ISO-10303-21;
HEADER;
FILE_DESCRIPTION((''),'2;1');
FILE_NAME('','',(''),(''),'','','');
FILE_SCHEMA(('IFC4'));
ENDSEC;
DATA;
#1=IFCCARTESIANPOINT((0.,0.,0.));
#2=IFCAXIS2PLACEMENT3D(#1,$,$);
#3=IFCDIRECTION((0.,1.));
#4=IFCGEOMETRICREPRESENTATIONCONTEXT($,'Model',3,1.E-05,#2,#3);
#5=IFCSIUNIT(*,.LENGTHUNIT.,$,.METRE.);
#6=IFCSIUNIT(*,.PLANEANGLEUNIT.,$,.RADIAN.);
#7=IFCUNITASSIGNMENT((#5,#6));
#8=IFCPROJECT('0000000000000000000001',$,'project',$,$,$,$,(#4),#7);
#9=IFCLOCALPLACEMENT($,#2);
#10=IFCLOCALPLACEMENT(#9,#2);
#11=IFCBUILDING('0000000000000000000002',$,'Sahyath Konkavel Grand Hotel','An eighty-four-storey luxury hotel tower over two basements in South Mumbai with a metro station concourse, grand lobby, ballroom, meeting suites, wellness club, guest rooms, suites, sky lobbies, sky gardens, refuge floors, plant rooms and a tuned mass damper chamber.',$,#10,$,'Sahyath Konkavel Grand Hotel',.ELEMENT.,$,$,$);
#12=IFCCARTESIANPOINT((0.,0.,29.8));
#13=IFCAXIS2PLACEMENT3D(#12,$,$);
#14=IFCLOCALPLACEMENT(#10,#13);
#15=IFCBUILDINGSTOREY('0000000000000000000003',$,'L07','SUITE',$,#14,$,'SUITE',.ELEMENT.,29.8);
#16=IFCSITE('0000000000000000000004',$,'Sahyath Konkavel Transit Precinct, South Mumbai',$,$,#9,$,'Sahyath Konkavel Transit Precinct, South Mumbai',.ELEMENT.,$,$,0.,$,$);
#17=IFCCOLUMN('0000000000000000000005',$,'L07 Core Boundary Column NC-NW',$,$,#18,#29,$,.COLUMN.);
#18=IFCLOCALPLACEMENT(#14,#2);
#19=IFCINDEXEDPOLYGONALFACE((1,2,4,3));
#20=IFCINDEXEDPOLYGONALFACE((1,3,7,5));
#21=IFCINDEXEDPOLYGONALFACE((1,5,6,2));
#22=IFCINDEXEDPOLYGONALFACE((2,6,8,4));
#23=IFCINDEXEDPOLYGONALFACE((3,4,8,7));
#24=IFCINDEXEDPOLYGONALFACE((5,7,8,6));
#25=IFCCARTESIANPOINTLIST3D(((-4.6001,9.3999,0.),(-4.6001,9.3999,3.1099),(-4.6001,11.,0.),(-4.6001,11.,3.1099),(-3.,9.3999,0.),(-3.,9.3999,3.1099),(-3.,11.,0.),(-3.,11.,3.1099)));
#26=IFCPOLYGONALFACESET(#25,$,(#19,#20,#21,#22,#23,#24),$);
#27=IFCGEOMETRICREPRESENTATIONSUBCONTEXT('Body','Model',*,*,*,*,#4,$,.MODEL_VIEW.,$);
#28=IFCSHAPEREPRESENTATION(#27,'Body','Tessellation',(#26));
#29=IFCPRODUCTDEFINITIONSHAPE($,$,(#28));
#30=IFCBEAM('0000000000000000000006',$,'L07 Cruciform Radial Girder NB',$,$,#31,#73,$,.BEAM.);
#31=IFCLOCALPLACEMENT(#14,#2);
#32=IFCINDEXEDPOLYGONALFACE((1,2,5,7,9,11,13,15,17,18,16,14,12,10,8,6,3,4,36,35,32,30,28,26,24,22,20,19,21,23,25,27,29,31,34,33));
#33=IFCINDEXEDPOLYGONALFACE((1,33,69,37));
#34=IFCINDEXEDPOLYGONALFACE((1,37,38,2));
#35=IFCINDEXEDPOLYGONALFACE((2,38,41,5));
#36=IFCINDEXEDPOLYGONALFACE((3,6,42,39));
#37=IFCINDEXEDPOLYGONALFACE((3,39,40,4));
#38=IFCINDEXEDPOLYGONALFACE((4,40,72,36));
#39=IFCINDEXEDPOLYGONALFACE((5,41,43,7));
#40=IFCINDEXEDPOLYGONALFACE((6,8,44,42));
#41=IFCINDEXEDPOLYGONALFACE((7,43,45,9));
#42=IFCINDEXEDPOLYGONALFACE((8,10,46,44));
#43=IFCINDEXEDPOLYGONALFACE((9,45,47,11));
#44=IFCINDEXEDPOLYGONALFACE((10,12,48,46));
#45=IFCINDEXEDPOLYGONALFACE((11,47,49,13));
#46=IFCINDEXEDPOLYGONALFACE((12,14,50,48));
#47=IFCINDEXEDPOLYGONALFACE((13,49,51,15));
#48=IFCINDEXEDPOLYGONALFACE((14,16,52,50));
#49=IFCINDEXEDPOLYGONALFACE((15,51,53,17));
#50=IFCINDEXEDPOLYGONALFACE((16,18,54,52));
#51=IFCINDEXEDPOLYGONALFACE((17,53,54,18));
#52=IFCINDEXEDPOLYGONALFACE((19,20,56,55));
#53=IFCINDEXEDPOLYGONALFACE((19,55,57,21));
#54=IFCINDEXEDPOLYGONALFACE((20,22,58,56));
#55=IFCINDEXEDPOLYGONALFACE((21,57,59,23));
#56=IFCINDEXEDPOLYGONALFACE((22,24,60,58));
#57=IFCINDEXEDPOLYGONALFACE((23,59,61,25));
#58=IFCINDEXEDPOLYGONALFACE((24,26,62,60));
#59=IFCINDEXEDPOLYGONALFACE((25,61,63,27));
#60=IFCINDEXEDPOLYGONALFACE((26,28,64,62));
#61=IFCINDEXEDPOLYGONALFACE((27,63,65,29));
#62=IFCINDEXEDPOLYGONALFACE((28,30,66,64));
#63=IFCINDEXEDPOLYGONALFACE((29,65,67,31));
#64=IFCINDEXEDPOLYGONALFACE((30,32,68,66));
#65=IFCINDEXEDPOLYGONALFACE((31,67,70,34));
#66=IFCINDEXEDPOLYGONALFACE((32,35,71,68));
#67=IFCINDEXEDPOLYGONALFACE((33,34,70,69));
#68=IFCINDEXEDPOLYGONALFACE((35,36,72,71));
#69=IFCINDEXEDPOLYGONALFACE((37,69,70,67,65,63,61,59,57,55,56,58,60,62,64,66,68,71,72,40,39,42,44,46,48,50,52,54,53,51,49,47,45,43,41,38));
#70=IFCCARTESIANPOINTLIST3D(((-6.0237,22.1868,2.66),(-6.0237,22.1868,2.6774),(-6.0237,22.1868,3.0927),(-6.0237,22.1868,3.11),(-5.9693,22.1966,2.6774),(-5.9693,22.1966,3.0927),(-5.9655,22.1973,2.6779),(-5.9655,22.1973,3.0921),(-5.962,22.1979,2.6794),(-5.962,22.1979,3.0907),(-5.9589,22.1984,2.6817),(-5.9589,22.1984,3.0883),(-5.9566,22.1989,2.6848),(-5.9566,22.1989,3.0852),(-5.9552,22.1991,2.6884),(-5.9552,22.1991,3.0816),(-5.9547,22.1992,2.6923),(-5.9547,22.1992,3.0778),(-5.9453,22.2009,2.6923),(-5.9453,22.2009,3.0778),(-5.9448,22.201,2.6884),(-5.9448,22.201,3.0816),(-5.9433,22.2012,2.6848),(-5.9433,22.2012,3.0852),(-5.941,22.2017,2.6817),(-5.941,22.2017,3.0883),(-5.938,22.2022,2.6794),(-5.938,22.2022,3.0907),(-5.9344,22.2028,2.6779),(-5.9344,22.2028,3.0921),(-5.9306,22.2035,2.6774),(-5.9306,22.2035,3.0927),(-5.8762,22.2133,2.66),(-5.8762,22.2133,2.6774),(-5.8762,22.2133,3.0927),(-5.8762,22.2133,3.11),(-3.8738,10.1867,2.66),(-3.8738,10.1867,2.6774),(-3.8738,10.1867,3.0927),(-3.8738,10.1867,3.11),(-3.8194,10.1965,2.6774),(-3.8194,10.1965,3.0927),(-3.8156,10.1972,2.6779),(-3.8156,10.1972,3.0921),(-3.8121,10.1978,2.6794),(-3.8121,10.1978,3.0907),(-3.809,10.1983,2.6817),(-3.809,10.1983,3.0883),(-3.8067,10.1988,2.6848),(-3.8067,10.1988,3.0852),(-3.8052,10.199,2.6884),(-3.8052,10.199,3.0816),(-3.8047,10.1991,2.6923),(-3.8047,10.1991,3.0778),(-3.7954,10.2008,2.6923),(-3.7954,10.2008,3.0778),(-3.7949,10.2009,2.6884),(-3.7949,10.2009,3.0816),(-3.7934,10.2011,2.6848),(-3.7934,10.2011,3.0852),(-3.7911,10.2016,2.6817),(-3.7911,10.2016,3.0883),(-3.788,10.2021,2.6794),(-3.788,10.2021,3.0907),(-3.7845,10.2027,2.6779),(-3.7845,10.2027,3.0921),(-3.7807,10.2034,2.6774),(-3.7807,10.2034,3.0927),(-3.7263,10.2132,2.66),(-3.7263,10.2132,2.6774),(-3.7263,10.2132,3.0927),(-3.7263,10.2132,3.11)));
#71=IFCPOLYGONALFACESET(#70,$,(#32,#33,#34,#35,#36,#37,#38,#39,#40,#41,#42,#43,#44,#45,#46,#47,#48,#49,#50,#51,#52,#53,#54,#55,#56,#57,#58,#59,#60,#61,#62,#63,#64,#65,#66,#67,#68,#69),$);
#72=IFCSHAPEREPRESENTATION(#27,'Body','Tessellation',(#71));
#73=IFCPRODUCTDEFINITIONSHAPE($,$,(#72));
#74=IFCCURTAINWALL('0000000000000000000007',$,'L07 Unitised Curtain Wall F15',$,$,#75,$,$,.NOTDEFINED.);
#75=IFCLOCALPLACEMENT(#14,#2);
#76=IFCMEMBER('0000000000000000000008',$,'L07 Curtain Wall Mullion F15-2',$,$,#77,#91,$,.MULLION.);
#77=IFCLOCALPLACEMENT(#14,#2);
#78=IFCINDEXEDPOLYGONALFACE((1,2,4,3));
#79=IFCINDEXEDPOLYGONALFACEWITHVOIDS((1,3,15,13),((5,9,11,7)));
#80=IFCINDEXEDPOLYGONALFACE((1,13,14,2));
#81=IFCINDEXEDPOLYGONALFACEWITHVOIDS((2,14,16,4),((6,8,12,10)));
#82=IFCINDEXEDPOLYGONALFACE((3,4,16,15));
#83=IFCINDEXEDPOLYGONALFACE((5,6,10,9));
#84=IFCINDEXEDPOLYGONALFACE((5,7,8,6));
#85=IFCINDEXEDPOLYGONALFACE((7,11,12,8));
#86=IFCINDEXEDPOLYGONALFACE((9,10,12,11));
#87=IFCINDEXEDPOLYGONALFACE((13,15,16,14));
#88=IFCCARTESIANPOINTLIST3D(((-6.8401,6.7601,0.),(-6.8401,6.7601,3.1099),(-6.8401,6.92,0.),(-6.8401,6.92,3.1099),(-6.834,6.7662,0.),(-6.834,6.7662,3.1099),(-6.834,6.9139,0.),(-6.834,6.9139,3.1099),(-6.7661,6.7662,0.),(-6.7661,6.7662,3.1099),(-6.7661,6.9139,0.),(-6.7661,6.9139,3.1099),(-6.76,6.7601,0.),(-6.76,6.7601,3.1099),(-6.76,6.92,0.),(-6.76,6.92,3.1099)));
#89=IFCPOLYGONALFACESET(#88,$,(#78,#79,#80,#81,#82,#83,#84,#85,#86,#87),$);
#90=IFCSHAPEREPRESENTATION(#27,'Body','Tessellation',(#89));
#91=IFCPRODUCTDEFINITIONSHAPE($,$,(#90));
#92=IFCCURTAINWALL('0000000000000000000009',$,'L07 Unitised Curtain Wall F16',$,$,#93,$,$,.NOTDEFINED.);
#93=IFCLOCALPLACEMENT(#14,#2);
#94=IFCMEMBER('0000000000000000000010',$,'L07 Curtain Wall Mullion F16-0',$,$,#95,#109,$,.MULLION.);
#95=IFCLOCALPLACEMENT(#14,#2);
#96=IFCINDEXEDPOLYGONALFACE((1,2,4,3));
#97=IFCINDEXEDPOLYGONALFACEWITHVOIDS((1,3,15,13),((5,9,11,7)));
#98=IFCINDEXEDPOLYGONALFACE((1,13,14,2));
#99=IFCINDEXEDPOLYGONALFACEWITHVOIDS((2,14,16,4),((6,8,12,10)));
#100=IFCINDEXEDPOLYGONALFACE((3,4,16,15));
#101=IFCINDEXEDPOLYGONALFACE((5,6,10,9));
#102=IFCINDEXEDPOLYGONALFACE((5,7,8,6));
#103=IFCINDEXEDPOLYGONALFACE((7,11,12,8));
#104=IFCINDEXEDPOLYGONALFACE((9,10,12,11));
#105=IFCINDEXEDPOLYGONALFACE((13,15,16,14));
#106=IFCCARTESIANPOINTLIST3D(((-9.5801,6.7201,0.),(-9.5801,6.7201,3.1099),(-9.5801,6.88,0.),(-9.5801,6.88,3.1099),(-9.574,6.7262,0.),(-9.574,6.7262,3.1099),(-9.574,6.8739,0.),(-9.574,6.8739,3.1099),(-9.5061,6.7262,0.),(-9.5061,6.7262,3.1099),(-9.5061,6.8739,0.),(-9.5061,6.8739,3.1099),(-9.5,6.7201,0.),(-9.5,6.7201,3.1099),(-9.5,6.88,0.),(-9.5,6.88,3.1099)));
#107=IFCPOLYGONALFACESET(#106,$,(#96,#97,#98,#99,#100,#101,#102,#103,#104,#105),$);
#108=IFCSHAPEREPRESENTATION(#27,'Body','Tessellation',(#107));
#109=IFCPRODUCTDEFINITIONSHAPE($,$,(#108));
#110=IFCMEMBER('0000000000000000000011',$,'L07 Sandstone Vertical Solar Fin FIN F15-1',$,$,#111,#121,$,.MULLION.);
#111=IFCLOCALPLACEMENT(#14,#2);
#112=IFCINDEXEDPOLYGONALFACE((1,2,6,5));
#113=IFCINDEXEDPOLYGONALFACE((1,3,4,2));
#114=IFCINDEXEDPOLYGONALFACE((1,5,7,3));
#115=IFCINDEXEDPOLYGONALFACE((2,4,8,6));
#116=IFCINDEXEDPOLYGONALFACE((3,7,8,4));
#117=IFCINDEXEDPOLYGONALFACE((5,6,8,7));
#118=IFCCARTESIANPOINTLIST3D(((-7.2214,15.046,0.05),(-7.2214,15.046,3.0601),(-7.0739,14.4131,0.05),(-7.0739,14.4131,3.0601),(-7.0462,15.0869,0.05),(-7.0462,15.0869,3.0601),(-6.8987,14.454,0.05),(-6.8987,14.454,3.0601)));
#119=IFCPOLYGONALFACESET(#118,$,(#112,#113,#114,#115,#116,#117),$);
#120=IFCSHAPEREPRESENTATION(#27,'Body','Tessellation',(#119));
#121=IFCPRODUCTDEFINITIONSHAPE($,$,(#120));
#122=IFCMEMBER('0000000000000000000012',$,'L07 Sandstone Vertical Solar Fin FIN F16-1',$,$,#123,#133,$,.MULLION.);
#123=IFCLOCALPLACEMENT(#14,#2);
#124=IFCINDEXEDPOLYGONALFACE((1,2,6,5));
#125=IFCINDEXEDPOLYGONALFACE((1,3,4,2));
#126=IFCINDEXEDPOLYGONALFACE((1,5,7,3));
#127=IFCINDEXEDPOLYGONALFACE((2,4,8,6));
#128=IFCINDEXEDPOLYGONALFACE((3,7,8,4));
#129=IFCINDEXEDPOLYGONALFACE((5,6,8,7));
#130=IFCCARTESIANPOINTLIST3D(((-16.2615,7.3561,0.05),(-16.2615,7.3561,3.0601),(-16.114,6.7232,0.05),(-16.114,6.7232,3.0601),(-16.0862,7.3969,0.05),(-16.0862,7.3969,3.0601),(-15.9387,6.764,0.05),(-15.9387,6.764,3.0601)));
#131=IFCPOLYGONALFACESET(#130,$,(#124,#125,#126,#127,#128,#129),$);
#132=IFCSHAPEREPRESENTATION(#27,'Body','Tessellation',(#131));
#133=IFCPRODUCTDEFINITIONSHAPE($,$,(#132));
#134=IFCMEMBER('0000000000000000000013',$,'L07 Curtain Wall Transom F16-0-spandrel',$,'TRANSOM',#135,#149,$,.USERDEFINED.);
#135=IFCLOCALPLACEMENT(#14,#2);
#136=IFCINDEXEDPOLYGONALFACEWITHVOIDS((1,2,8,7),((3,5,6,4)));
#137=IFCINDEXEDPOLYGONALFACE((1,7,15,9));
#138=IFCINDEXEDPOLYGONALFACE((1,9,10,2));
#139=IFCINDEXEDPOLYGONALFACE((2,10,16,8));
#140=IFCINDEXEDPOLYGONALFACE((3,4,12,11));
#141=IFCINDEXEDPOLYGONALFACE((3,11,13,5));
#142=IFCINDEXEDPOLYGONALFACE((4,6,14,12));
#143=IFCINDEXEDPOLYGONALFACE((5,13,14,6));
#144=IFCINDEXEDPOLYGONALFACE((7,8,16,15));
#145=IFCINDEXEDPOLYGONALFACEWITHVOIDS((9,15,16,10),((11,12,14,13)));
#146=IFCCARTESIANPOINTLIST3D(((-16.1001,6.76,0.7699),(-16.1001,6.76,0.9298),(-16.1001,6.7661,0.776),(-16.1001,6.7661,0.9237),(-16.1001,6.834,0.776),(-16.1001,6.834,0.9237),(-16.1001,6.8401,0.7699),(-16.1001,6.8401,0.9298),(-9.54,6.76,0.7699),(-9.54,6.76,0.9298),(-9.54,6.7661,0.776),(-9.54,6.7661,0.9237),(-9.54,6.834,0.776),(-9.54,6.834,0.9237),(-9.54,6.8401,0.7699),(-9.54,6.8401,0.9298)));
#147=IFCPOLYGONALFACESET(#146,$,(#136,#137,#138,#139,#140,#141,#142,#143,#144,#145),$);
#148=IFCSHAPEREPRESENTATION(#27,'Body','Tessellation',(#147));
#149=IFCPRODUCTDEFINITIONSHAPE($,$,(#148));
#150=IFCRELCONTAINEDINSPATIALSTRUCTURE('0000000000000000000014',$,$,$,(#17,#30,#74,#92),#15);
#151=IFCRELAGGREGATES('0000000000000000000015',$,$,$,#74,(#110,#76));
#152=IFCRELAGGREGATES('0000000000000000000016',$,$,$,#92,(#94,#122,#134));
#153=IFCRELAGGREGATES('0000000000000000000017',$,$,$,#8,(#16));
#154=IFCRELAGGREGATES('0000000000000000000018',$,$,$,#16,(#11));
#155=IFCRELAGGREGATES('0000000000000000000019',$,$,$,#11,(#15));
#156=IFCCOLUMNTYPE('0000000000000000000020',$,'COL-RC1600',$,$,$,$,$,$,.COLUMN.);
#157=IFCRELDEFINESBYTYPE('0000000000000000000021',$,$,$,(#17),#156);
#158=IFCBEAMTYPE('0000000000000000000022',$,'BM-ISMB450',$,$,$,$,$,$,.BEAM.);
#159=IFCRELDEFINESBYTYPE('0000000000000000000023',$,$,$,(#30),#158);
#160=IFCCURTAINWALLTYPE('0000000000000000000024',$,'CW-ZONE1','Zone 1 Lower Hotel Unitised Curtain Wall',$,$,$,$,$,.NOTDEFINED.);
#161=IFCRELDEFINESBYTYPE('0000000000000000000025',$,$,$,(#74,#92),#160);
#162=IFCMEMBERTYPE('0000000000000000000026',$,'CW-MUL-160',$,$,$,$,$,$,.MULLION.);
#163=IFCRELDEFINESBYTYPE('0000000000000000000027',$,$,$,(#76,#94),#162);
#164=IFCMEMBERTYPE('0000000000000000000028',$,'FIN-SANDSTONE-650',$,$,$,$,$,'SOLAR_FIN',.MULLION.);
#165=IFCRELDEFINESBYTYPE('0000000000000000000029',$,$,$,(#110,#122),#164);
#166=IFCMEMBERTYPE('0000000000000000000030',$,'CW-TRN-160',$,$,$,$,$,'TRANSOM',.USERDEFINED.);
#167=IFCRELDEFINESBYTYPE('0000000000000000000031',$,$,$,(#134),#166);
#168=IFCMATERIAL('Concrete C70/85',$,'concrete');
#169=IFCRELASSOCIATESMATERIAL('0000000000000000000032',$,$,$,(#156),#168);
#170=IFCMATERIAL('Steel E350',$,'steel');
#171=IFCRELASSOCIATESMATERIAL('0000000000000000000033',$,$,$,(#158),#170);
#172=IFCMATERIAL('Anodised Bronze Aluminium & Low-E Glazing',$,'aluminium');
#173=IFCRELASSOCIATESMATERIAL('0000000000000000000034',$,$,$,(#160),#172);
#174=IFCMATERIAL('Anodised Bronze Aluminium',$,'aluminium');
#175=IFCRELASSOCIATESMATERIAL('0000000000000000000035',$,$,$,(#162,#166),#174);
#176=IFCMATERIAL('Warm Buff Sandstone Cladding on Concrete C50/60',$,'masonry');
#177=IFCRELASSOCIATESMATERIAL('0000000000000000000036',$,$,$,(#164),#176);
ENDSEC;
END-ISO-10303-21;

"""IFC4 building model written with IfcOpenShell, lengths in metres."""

from ifc_helpers import new_model, si_unit, direction, frame, origin, origin_2d, place, context, subcontext, project, spatial, rectangle, hollow_rectangle, i_section, extrude, source, transform, mapped, material, material_profile, profile_set, type_object, element, aggregate, save


model = new_model("IFC4")

# Units and contexts
model_context = context("Model", 3, precision=1e-05, world=origin(), true_north=direction((0.0, 1.0)))
body_context = subcontext(model_context, "Body", "Model", "MODEL_VIEW")
ifc_project = project(units=[si_unit("LENGTHUNIT", "METRE"), si_unit("PLANEANGLEUNIT", "RADIAN")], contexts=[model_context])

# Site, building, storey
site_placement = place(None, origin())
site = spatial("IfcSite", under=ifc_project, at=site_placement, Name="Sahyath Konkavel Transit Precinct, South Mumbai", LongName="Sahyath Konkavel Transit Precinct, South Mumbai", CompositionType="ELEMENT", RefElevation=0.0)
building_placement = place(site_placement, origin())
building = spatial("IfcBuilding", under=site, at=building_placement, Name="Sahyath Konkavel Grand Hotel", Description="An eighty-four-storey luxury hotel tower over two basements in South Mumbai with a metro station concourse, grand lobby, ballroom, meeting suites, wellness club, guest rooms, suites, sky lobbies, sky gardens, refuge floors, plant rooms and a tuned mass damper chamber.", LongName="Sahyath Konkavel Grand Hotel", CompositionType="ELEMENT")
storey_placement = place(building_placement, frame((0.0, 0.0, 29.8)))
storey = spatial("IfcBuildingStorey", under=building, at=storey_placement, Name="L07", Description="SUITE", LongName="SUITE", CompositionType="ELEMENT", Elevation=29.8)

# Column
ifc_material_1 = material(Name="Concrete C70/85", Category="concrete")
ifc_material_profile_1 = material_profile(ifc_material_1, rectangle(XDim=1.6001, YDim=1.6001, at=origin_2d()), Name="RC 1600x1600")
ifc_profile_set_1 = profile_set([ifc_material_profile_1], Name="Concrete C70/85")
column_type = type_object("IfcColumnType", Name="COL-RC1600", PredefinedType="COLUMN", material=ifc_profile_set_1)
shared_shape_1 = source(origin(), body_context, "Body", "SweptSolid", [
    extrude(rectangle(XDim=1.6001, YDim=1.6001, at=origin_2d()), origin(), (0.0, 0.0, 1.0), 3.1099),
])
column_placement = place(storey_placement, frame((-3.8, 10.2, 0.0), z_axis=(0.0, 0.0, 1.0), x_axis=(1.0, 0.0, 0.0)))
element("IfcColumn", 1, at=column_placement, inside=storey, type_object=column_type, Name="L07 Core Boundary Column NC-NW", PredefinedType="COLUMN", context=body_context, shape_type="MappedRepresentation", body=[
    mapped(shared_shape_1, transform((0.0, 0.0, 0.0), scale=1.0)),
])

# Beam
ifc_material_2 = material(Name="Steel E350", Category="steel")
ifc_material_profile_2 = material_profile(ifc_material_2, i_section(OverallWidth=0.1499, OverallDepth=0.45, WebThickness=0.0095, FlangeThickness=0.0173, FilletRadius=0.0149, at=origin_2d()), Name="ISMB 450")
ifc_profile_set_2 = profile_set([ifc_material_profile_2], Name="Steel E350")
beam_type_1 = type_object("IfcBeamType", Name="BM-ISMB450", PredefinedType="BEAM", material=ifc_profile_set_2)
shared_shape_2 = source(origin(), body_context, "Body", "SweptSolid", [
    extrude(i_section(OverallWidth=0.1499, OverallDepth=0.45, WebThickness=0.0095, FlangeThickness=0.0173, FilletRadius=0.0149, at=origin_2d()), origin(), (0.0, 0.0, 1.0), 12.1912),
])
beam_1_placement = place(storey_placement, frame((-3.8, 10.2, 2.885), z_axis=(-0.176351, 0.984327, 0.0), x_axis=(-0.984327, -0.176351, 0.0)))
element("IfcBeam", 2, at=beam_1_placement, inside=storey, type_object=beam_type_1, Name="L07 Cruciform Radial Girder NB", PredefinedType="BEAM", context=body_context, shape_type="MappedRepresentation", body=[
    mapped(shared_shape_2, transform((0.0, 0.0, 0.0), scale=1.0)),
])

# Curtain walls, members
ifc_material_3 = material(Name="Anodised Bronze Aluminium & Low-E Glazing", Category="aluminium")
curtain_wall_type = type_object("IfcCurtainWallType", Name="CW-ZONE1", Description="Zone 1 Lower Hotel Unitised Curtain Wall", PredefinedType="NOTDEFINED", material=ifc_material_3)
curtain_wall_1_placement = place(storey_placement, origin())
curtain_wall_1 = element("IfcCurtainWall", 3, at=curtain_wall_1_placement, inside=storey, type_object=curtain_wall_type, Name="L07 Unitised Curtain Wall F15", PredefinedType="NOTDEFINED")
ifc_material_4 = material(Name="Anodised Bronze Aluminium", Category="aluminium")
ifc_material_profile_3 = material_profile(ifc_material_4, hollow_rectangle(XDim=0.0801, YDim=0.1599, WallThickness=0.0061, at=origin_2d()), Name="RHS 160x80x6")
ifc_profile_set_3 = profile_set([ifc_material_profile_3], Name="Anodised Bronze Aluminium")
member_type_1 = type_object("IfcMemberType", Name="CW-MUL-160", PredefinedType="MULLION", material=ifc_profile_set_3)
shared_shape_3 = source(origin(), body_context, "Body", "SweptSolid", [
    extrude(hollow_rectangle(XDim=0.0801, YDim=0.1599, WallThickness=0.0061, at=origin_2d()), origin(), (0.0, 0.0, 1.0), 3.1099),
])
member_1_placement = place(storey_placement, frame((-6.8, 6.8401, 0.0), z_axis=(0.0, 0.0, 1.0), x_axis=(1.0, 0.0, 0.0)))
member_1 = element("IfcMember", 4, at=member_1_placement, type_object=member_type_1, Name="L07 Curtain Wall Mullion F15-2", PredefinedType="MULLION", context=body_context, shape_type="MappedRepresentation", body=[
    mapped(shared_shape_3, transform((0.0, 0.0, 0.0), scale=1.0)),
])
curtain_wall_2_placement = place(storey_placement, origin())
curtain_wall_2 = element("IfcCurtainWall", 5, at=curtain_wall_2_placement, inside=storey, type_object=curtain_wall_type, Name="L07 Unitised Curtain Wall F16", PredefinedType="NOTDEFINED")
member_2_placement = place(storey_placement, frame((-9.54, 6.8, 0.0), z_axis=(0.0, 0.0, 1.0), x_axis=(1.0, 0.0, 0.0)))
member_2 = element("IfcMember", 6, at=member_2_placement, type_object=member_type_1, Name="L07 Curtain Wall Mullion F16-0", PredefinedType="MULLION", context=body_context, shape_type="MappedRepresentation", body=[
    mapped(shared_shape_3, transform((0.0, 0.0, 0.0), scale=1.0)),
])

# Members
ifc_material_5 = material(Name="Warm Buff Sandstone Cladding on Concrete C50/60", Category="masonry")
ifc_material_profile_4 = material_profile(ifc_material_5, rectangle(XDim=0.1799, YDim=0.6499, at=origin_2d()), Name="FIN 180x650")
ifc_profile_set_4 = profile_set([ifc_material_profile_4], Name="Warm Buff Sandstone Cladding on Concrete C50/60")
member_type_2 = type_object("IfcMemberType", Name="FIN-SANDSTONE-650", ElementType="SOLAR_FIN", PredefinedType="MULLION", material=ifc_profile_set_4)
shared_shape_4 = source(origin(), body_context, "Body", "SweptSolid", [
    extrude(rectangle(XDim=0.1799, YDim=0.6499, at=origin_2d()), origin(), (0.0, 0.0, 1.0), 3.01),
])
member_3_placement = place(storey_placement, frame((-7.0601, 14.75, 0.05), z_axis=(0.0, 0.0, 1.0), x_axis=(0.973897, 0.226991, 0.0)))
member_3 = element("IfcMember", 7, at=member_3_placement, type_object=member_type_2, Name="L07 Sandstone Vertical Solar Fin FIN F15-1", PredefinedType="MULLION", context=body_context, shape_type="MappedRepresentation", body=[
    mapped(shared_shape_4, transform((0.0, 0.0, 0.0), scale=1.0)),
])
member_4_placement = place(storey_placement, frame((-16.1001, 7.0601, 0.05), z_axis=(0.0, 0.0, 1.0), x_axis=(0.973897, 0.226991, 0.0)))
member_4 = element("IfcMember", 8, at=member_4_placement, type_object=member_type_2, Name="L07 Sandstone Vertical Solar Fin FIN F16-1", PredefinedType="MULLION", context=body_context, shape_type="MappedRepresentation", body=[
    mapped(shared_shape_4, transform((0.0, 0.0, 0.0), scale=1.0)),
])
ifc_material_profile_5 = material_profile(ifc_material_4, hollow_rectangle(XDim=0.0801, YDim=0.1599, WallThickness=0.0061, at=origin_2d()), Name="RHS 160x80x6")
ifc_profile_set_5 = profile_set([ifc_material_profile_5], Name="Anodised Bronze Aluminium")
member_type_3 = type_object("IfcMemberType", Name="CW-TRN-160", ElementType="TRANSOM", PredefinedType="USERDEFINED", material=ifc_profile_set_5)
shared_shape_5 = source(origin(), body_context, "Body", "SweptSolid", [
    extrude(hollow_rectangle(XDim=0.0801, YDim=0.1599, WallThickness=0.0061, at=origin_2d()), origin(), (0.0, 0.0, 1.0), 6.5601),
])
member_5_placement = place(storey_placement, frame((-9.54, 6.8, 0.8499), z_axis=(-1.0, 0.0, 0.0), x_axis=(0.0, -1.0, 0.0)))
member_5 = element("IfcMember", 9, at=member_5_placement, type_object=member_type_3, Name="L07 Curtain Wall Transom F16-0-spandrel", ObjectType="TRANSOM", PredefinedType="USERDEFINED", context=body_context, shape_type="MappedRepresentation", body=[
    mapped(shared_shape_5, transform((0.0, 0.0, 0.0), scale=1.0)),
])

aggregate(curtain_wall_1, [member_3, member_1])
aggregate(curtain_wall_2, [member_2, member_4, member_5])

save(model, "model.ifc")
